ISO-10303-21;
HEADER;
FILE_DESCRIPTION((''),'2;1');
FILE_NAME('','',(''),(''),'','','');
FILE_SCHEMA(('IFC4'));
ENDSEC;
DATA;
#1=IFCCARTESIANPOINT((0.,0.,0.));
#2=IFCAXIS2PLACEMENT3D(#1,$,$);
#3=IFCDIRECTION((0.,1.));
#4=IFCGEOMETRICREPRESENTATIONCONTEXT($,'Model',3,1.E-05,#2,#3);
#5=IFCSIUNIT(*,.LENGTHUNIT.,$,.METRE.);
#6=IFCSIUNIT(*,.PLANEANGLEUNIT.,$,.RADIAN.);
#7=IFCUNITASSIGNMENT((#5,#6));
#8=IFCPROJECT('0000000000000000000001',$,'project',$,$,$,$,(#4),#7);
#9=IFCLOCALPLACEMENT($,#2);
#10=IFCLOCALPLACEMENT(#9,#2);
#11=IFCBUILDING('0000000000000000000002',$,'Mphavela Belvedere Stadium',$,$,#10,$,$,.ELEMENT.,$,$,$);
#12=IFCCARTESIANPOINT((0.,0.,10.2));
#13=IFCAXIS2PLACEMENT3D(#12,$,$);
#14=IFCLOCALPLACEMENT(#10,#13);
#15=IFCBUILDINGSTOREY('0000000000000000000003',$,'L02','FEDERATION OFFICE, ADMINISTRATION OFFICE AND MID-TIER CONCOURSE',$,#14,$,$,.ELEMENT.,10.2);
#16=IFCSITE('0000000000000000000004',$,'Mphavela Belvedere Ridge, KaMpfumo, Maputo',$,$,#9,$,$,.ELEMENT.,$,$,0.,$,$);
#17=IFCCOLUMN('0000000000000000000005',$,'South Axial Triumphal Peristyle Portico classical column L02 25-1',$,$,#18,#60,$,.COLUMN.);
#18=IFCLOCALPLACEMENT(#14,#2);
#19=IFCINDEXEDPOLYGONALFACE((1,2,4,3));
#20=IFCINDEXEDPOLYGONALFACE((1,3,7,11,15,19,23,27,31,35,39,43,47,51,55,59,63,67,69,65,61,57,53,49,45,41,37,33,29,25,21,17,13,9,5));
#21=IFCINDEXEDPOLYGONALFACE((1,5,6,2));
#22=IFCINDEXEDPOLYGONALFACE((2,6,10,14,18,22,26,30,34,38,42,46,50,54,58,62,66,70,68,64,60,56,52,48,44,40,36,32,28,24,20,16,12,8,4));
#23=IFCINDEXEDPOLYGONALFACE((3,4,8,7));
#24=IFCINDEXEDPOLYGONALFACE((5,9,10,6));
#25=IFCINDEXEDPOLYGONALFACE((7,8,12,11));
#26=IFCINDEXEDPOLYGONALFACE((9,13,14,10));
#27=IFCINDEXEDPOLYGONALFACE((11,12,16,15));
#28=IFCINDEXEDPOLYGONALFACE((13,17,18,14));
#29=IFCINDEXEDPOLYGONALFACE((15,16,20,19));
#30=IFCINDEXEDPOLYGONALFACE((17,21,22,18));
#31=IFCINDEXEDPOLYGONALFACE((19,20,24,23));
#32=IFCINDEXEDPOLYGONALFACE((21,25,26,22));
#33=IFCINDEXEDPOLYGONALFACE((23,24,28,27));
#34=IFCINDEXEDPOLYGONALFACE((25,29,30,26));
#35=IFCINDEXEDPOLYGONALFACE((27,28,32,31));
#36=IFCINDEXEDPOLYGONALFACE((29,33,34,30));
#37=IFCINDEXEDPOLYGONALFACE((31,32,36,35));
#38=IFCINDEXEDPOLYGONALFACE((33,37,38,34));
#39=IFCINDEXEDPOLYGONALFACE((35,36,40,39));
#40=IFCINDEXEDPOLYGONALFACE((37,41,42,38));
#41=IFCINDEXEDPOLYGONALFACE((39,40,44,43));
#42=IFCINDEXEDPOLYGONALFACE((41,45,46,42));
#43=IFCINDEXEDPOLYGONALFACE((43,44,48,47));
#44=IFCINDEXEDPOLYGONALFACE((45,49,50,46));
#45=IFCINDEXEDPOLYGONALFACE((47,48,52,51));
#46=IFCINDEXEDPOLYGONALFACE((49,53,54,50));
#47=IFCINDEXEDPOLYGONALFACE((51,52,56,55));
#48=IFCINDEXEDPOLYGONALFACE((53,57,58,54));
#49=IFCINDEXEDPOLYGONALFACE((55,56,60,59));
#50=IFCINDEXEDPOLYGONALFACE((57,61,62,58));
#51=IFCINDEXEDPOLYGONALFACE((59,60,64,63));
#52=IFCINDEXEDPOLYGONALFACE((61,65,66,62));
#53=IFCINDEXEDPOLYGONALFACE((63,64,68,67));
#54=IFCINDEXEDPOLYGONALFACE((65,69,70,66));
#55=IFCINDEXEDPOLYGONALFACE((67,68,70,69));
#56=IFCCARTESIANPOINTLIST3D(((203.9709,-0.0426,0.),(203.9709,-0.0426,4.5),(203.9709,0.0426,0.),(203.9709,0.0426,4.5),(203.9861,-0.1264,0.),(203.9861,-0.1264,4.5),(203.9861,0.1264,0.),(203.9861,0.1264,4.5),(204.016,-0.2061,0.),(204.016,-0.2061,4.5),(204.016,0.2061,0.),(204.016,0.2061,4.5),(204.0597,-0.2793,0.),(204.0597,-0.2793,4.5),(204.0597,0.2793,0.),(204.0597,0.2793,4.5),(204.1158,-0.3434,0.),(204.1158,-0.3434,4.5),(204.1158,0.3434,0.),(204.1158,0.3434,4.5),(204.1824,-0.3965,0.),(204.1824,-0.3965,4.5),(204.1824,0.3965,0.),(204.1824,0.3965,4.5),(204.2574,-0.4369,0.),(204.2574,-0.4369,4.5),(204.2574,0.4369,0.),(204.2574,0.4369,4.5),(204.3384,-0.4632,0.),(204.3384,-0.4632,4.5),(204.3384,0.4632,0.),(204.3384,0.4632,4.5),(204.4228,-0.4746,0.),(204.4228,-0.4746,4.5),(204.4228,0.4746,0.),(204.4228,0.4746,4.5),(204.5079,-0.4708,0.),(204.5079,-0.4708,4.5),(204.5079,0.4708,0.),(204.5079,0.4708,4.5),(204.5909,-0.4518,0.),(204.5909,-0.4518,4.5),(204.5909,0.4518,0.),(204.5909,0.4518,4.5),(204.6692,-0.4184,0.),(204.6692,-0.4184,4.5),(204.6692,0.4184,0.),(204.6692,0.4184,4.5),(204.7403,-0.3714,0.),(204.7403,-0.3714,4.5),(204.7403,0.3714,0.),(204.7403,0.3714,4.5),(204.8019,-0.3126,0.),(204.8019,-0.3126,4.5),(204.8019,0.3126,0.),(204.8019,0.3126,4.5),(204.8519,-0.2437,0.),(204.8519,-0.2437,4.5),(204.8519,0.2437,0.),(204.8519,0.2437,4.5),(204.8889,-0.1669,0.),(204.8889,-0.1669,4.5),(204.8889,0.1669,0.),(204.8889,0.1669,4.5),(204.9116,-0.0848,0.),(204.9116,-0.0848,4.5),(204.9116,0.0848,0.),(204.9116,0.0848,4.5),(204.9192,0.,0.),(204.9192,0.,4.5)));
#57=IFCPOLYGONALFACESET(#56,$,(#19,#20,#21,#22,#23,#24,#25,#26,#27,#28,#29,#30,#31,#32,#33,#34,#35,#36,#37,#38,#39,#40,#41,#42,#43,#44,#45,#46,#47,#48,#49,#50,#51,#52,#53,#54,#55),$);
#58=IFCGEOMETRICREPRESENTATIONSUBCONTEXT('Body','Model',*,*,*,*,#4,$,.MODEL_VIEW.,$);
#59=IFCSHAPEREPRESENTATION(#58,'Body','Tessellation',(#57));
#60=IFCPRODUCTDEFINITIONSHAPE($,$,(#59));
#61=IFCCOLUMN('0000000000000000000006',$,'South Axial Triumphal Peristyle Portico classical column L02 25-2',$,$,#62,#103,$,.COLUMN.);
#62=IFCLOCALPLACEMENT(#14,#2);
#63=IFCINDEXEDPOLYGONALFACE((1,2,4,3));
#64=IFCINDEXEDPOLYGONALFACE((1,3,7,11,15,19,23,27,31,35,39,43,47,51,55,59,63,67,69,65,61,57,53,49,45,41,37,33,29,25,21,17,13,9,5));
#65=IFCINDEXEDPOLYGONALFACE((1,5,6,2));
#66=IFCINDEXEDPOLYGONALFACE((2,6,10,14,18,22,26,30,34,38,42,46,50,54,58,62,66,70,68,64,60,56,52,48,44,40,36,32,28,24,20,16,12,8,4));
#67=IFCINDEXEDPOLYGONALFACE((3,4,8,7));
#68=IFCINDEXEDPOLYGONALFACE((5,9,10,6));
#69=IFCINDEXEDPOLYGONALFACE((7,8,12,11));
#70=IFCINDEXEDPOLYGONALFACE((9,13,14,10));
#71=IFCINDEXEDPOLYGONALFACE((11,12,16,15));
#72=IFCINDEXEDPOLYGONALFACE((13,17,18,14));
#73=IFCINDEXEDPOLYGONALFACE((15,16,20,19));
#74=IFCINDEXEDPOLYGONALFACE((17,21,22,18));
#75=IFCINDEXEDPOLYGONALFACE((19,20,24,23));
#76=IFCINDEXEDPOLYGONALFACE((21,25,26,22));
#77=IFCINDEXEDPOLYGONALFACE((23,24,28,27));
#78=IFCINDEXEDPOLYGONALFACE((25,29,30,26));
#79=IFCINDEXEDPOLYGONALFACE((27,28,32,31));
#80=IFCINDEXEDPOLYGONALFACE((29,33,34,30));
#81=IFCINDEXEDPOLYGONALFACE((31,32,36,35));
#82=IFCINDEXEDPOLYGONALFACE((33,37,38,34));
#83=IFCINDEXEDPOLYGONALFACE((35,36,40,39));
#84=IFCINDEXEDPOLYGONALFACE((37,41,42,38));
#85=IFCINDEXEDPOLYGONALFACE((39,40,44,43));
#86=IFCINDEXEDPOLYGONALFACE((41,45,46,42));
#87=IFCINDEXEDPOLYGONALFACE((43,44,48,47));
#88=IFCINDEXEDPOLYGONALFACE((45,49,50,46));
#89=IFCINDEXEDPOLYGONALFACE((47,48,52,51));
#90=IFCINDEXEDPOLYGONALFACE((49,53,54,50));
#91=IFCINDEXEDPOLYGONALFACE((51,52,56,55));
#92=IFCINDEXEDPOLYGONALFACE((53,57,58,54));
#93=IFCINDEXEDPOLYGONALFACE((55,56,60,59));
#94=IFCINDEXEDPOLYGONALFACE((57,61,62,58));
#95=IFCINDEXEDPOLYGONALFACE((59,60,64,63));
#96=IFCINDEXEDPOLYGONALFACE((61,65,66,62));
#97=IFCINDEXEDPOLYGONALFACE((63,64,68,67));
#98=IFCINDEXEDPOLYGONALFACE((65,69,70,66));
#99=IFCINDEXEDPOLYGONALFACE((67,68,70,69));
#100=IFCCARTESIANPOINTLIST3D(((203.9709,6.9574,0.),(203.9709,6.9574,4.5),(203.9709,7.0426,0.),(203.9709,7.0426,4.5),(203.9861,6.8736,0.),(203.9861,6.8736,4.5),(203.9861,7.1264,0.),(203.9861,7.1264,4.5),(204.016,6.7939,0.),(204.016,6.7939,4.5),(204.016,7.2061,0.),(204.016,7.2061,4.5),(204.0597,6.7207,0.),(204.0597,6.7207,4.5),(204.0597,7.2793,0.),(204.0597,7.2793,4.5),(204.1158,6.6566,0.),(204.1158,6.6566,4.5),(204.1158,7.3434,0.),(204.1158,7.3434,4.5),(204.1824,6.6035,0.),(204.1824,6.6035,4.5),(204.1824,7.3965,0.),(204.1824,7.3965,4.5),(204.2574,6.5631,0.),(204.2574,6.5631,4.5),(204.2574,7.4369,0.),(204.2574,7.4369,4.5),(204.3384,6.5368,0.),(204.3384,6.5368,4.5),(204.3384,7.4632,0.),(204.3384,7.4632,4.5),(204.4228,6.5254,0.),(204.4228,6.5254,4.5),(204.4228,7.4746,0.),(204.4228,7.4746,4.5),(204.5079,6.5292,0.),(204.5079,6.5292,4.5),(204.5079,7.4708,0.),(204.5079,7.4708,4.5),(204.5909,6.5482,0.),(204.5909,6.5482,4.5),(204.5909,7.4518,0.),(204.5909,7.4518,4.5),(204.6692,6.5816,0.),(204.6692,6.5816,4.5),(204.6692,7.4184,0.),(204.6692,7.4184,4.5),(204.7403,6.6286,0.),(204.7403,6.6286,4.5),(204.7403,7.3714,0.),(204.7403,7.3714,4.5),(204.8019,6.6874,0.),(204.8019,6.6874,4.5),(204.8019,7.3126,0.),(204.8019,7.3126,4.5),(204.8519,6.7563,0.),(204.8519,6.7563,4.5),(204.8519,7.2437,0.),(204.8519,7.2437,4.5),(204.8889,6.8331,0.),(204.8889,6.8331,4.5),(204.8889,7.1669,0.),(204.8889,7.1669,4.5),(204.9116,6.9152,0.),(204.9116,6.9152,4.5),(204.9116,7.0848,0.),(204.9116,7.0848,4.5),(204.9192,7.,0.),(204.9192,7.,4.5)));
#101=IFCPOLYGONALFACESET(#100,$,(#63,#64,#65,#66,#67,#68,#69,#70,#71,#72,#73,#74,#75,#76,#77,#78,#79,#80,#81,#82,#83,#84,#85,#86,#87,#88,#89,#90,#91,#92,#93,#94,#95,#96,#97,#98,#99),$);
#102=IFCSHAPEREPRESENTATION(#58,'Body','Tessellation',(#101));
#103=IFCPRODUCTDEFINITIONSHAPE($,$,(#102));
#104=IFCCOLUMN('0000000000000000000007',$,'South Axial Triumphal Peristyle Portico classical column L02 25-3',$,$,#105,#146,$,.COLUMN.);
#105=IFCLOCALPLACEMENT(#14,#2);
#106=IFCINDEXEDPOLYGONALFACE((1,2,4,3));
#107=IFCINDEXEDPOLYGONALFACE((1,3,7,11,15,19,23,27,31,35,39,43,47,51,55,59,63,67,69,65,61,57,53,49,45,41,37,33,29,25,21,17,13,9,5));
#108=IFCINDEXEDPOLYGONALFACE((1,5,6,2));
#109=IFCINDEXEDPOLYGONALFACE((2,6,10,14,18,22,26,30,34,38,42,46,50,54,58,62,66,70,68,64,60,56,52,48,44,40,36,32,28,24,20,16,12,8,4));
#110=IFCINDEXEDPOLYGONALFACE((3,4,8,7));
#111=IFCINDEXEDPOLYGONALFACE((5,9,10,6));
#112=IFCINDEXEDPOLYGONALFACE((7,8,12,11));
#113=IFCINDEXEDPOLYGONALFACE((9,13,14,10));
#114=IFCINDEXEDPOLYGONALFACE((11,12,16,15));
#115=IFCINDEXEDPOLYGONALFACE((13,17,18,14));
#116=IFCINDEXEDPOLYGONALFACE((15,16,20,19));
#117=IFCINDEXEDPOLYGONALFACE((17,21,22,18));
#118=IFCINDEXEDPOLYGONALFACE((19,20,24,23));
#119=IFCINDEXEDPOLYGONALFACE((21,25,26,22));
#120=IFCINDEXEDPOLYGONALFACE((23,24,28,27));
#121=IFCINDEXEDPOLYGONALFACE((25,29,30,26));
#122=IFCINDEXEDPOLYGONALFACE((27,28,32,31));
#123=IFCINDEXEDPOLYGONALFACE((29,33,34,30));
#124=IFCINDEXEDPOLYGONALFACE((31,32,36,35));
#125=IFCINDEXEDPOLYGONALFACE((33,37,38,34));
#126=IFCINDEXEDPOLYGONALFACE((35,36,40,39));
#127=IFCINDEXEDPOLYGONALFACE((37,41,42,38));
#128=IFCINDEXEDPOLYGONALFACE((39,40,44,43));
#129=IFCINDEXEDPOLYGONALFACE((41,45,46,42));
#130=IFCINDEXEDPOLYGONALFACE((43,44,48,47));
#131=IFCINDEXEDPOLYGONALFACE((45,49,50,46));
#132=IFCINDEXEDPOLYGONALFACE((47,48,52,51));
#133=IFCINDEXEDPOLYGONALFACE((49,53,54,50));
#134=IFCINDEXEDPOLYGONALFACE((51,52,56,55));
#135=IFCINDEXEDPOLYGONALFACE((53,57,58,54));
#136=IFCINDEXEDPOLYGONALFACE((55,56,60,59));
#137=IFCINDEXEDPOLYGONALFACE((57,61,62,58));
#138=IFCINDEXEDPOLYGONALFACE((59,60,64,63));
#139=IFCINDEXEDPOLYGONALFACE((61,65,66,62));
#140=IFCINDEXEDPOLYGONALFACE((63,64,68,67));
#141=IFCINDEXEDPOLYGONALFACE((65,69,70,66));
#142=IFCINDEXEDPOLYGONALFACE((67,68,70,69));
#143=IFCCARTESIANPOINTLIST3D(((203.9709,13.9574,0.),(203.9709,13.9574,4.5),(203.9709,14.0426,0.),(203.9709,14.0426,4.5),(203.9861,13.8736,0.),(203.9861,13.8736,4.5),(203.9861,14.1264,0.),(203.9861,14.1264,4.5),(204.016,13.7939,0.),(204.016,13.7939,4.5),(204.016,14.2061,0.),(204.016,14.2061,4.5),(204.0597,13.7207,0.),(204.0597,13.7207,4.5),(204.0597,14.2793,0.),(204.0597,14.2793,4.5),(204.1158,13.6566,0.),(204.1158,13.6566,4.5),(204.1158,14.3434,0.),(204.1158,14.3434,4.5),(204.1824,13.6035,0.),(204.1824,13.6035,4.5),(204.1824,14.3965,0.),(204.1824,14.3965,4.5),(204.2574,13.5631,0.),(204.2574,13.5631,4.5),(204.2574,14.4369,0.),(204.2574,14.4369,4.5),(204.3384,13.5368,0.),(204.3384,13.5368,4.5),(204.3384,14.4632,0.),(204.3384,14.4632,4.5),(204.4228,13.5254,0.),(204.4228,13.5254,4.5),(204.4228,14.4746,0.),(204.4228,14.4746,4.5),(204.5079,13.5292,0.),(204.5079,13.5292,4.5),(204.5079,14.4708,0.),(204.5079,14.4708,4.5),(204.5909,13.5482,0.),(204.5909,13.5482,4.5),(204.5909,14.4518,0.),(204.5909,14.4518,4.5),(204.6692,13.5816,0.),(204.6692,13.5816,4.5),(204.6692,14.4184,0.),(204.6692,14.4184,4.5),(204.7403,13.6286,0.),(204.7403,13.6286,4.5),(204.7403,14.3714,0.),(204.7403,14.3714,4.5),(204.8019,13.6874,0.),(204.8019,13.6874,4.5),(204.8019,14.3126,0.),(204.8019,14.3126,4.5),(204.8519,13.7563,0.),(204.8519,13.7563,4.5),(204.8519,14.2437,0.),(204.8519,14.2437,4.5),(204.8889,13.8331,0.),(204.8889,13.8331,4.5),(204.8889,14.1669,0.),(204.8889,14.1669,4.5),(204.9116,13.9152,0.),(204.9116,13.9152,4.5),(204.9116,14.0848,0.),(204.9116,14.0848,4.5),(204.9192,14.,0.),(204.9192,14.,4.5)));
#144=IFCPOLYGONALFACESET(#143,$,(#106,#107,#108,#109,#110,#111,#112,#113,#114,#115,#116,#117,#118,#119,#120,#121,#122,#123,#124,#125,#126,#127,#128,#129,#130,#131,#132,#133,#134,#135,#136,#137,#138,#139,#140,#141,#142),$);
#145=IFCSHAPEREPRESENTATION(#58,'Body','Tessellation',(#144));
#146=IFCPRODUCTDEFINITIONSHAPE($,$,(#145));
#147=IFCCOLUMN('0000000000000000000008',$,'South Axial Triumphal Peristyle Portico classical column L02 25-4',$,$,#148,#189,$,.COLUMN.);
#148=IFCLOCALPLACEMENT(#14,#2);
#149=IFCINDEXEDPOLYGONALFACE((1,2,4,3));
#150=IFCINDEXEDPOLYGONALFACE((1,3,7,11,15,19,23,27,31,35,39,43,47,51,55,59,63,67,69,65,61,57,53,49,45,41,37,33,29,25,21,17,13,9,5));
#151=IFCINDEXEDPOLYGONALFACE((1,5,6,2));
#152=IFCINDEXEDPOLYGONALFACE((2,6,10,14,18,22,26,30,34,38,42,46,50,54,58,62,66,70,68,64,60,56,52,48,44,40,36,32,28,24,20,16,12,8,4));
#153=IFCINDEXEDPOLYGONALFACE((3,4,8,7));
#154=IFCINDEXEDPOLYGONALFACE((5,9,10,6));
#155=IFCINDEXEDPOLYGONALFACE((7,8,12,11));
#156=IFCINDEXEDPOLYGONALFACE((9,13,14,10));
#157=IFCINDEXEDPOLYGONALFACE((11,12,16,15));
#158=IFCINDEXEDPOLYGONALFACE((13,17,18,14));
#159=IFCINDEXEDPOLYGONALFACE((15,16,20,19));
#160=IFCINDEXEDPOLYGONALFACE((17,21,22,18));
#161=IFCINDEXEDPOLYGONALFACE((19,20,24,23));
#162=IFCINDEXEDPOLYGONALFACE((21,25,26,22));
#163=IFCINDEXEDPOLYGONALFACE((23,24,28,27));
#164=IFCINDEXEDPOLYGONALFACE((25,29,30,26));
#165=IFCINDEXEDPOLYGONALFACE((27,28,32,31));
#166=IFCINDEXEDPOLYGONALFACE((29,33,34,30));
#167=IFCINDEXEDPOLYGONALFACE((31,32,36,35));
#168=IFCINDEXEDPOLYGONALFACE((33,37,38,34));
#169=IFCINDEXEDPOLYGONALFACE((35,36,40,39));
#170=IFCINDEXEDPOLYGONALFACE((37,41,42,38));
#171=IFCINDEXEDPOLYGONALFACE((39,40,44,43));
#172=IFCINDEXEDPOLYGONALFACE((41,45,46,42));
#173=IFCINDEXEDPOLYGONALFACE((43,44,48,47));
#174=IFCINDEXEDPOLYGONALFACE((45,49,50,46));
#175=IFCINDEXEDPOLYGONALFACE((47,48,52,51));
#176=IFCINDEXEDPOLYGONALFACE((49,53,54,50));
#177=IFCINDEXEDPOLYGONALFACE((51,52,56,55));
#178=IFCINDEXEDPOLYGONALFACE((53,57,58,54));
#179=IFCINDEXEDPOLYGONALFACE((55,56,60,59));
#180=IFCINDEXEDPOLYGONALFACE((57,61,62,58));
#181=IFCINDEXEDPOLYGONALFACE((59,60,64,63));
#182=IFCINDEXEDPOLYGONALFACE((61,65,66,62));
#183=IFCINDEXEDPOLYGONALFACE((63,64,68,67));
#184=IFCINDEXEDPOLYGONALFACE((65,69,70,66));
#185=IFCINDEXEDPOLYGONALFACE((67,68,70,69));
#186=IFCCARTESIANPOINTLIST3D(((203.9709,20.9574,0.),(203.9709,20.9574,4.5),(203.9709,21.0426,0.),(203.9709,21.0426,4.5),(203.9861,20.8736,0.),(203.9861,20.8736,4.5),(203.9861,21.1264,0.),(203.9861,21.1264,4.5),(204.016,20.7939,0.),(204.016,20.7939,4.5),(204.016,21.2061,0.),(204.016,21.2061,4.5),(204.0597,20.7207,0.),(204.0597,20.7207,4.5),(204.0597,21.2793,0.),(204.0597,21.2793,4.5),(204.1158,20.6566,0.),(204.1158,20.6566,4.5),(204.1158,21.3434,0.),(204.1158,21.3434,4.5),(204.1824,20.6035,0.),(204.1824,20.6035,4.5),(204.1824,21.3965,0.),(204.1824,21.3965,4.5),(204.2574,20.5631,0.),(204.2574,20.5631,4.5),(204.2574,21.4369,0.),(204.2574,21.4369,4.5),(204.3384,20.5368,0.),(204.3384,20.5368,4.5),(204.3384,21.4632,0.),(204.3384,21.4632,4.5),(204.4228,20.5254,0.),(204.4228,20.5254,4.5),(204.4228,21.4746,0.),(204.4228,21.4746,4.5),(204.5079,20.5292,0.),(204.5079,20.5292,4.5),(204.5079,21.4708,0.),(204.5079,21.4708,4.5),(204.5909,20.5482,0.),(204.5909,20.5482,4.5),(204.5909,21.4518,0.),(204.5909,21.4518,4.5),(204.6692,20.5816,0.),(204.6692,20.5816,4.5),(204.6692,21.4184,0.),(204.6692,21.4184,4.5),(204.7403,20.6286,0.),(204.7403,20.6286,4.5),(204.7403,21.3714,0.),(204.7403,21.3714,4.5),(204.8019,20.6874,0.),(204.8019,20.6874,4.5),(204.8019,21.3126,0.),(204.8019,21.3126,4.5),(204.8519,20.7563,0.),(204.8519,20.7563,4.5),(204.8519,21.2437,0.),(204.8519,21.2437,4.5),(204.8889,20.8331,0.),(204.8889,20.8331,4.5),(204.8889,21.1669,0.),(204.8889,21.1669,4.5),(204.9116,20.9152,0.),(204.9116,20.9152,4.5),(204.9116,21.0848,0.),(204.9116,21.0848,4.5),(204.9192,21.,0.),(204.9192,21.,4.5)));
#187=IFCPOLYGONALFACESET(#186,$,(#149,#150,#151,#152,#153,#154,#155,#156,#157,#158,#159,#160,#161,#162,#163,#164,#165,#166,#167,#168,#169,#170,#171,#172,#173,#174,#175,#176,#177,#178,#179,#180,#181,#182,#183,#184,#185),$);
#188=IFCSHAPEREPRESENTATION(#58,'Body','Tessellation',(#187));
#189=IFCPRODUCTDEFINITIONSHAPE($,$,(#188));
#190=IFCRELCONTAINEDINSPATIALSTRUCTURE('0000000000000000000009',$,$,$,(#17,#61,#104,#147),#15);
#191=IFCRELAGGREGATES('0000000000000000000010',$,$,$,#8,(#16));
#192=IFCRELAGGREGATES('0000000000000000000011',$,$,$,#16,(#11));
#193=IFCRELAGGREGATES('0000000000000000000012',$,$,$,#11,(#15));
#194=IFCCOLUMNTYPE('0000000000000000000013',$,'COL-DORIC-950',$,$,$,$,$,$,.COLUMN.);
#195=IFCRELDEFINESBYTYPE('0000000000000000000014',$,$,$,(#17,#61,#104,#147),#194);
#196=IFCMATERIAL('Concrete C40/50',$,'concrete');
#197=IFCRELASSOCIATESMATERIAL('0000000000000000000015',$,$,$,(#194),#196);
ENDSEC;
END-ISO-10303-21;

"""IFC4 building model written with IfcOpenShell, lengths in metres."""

from ifc_helpers import new_model, si_unit, direction, frame, origin, origin_2d, place, context, subcontext, project, spatial, circle, extrude, material, material_profile, profile_set, type_object, element, save


model = new_model("IFC4")

# Units and contexts
model_context = context("Model", 3, precision=1e-05, world=origin(), true_north=direction((0.0, 1.0)))
body_context = subcontext(model_context, "Body", "Model", "MODEL_VIEW")
ifc_project = project(units=[si_unit("LENGTHUNIT", "METRE"), si_unit("PLANEANGLEUNIT", "RADIAN")], contexts=[model_context])

# Site, building, storey
site_placement = place(None, origin())
site = spatial("IfcSite", under=ifc_project, at=site_placement, Name="Mphavela Belvedere Ridge, KaMpfumo, Maputo", CompositionType="ELEMENT", RefElevation=0.0)
building_placement = place(site_placement, origin())
building = spatial("IfcBuilding", under=site, at=building_placement, Name="Mphavela Belvedere Stadium", CompositionType="ELEMENT")
storey_placement = place(building_placement, frame((0.0, 0.0, 10.2)))
storey = spatial("IfcBuildingStorey", under=building, at=storey_placement, Name="L02", Description="FEDERATION OFFICE, ADMINISTRATION OFFICE AND MID-TIER CONCOURSE", CompositionType="ELEMENT", Elevation=10.2)

# Columns
ifc_material_1 = material(Name="Concrete C40/50", Category="concrete")
ifc_material_profile_1 = material_profile(ifc_material_1, circle(Radius=0.4751, at=origin_2d()), Name="COL D950")
ifc_profile_set_1 = profile_set([ifc_material_profile_1], Name="Concrete C40/50")
column_type = type_object("IfcColumnType", Name="COL-DORIC-950", PredefinedType="COLUMN", material=ifc_profile_set_1)
for number, where, z_axis, x_axis, name in (
    (1, (204.4441, 0.0, 0.0), (0.0, 0.0, 1.0), (1.0, 0.0, 0.0), "South Axial Triumphal Peristyle Portico classical column L02 25-1"),
    (2, (204.4441, 7.0, 0.0), (0.0, 0.0, 1.0), (1.0, 0.0, 0.0), "South Axial Triumphal Peristyle Portico classical column L02 25-2"),
    (3, (204.4441, 14.0, 0.0), (0.0, 0.0, 1.0), (1.0, 0.0, 0.0), "South Axial Triumphal Peristyle Portico classical column L02 25-3"),
    (4, (204.4441, 21.0, 0.0), (0.0, 0.0, 1.0), (1.0, 0.0, 0.0), "South Axial Triumphal Peristyle Portico classical column L02 25-4"),
):
    element("IfcColumn", number, at=place(storey_placement, frame(where, z_axis=z_axis, x_axis=x_axis)), inside=storey, type_object=column_type, Name=name, PredefinedType="COLUMN", context=body_context, shape_type="SweptSolid", body=[
        extrude(circle(Radius=0.4751, at=origin_2d()), origin(), (0.0, 0.0, 1.0), 4.5),
    ])

save(model, "model.ifc")
